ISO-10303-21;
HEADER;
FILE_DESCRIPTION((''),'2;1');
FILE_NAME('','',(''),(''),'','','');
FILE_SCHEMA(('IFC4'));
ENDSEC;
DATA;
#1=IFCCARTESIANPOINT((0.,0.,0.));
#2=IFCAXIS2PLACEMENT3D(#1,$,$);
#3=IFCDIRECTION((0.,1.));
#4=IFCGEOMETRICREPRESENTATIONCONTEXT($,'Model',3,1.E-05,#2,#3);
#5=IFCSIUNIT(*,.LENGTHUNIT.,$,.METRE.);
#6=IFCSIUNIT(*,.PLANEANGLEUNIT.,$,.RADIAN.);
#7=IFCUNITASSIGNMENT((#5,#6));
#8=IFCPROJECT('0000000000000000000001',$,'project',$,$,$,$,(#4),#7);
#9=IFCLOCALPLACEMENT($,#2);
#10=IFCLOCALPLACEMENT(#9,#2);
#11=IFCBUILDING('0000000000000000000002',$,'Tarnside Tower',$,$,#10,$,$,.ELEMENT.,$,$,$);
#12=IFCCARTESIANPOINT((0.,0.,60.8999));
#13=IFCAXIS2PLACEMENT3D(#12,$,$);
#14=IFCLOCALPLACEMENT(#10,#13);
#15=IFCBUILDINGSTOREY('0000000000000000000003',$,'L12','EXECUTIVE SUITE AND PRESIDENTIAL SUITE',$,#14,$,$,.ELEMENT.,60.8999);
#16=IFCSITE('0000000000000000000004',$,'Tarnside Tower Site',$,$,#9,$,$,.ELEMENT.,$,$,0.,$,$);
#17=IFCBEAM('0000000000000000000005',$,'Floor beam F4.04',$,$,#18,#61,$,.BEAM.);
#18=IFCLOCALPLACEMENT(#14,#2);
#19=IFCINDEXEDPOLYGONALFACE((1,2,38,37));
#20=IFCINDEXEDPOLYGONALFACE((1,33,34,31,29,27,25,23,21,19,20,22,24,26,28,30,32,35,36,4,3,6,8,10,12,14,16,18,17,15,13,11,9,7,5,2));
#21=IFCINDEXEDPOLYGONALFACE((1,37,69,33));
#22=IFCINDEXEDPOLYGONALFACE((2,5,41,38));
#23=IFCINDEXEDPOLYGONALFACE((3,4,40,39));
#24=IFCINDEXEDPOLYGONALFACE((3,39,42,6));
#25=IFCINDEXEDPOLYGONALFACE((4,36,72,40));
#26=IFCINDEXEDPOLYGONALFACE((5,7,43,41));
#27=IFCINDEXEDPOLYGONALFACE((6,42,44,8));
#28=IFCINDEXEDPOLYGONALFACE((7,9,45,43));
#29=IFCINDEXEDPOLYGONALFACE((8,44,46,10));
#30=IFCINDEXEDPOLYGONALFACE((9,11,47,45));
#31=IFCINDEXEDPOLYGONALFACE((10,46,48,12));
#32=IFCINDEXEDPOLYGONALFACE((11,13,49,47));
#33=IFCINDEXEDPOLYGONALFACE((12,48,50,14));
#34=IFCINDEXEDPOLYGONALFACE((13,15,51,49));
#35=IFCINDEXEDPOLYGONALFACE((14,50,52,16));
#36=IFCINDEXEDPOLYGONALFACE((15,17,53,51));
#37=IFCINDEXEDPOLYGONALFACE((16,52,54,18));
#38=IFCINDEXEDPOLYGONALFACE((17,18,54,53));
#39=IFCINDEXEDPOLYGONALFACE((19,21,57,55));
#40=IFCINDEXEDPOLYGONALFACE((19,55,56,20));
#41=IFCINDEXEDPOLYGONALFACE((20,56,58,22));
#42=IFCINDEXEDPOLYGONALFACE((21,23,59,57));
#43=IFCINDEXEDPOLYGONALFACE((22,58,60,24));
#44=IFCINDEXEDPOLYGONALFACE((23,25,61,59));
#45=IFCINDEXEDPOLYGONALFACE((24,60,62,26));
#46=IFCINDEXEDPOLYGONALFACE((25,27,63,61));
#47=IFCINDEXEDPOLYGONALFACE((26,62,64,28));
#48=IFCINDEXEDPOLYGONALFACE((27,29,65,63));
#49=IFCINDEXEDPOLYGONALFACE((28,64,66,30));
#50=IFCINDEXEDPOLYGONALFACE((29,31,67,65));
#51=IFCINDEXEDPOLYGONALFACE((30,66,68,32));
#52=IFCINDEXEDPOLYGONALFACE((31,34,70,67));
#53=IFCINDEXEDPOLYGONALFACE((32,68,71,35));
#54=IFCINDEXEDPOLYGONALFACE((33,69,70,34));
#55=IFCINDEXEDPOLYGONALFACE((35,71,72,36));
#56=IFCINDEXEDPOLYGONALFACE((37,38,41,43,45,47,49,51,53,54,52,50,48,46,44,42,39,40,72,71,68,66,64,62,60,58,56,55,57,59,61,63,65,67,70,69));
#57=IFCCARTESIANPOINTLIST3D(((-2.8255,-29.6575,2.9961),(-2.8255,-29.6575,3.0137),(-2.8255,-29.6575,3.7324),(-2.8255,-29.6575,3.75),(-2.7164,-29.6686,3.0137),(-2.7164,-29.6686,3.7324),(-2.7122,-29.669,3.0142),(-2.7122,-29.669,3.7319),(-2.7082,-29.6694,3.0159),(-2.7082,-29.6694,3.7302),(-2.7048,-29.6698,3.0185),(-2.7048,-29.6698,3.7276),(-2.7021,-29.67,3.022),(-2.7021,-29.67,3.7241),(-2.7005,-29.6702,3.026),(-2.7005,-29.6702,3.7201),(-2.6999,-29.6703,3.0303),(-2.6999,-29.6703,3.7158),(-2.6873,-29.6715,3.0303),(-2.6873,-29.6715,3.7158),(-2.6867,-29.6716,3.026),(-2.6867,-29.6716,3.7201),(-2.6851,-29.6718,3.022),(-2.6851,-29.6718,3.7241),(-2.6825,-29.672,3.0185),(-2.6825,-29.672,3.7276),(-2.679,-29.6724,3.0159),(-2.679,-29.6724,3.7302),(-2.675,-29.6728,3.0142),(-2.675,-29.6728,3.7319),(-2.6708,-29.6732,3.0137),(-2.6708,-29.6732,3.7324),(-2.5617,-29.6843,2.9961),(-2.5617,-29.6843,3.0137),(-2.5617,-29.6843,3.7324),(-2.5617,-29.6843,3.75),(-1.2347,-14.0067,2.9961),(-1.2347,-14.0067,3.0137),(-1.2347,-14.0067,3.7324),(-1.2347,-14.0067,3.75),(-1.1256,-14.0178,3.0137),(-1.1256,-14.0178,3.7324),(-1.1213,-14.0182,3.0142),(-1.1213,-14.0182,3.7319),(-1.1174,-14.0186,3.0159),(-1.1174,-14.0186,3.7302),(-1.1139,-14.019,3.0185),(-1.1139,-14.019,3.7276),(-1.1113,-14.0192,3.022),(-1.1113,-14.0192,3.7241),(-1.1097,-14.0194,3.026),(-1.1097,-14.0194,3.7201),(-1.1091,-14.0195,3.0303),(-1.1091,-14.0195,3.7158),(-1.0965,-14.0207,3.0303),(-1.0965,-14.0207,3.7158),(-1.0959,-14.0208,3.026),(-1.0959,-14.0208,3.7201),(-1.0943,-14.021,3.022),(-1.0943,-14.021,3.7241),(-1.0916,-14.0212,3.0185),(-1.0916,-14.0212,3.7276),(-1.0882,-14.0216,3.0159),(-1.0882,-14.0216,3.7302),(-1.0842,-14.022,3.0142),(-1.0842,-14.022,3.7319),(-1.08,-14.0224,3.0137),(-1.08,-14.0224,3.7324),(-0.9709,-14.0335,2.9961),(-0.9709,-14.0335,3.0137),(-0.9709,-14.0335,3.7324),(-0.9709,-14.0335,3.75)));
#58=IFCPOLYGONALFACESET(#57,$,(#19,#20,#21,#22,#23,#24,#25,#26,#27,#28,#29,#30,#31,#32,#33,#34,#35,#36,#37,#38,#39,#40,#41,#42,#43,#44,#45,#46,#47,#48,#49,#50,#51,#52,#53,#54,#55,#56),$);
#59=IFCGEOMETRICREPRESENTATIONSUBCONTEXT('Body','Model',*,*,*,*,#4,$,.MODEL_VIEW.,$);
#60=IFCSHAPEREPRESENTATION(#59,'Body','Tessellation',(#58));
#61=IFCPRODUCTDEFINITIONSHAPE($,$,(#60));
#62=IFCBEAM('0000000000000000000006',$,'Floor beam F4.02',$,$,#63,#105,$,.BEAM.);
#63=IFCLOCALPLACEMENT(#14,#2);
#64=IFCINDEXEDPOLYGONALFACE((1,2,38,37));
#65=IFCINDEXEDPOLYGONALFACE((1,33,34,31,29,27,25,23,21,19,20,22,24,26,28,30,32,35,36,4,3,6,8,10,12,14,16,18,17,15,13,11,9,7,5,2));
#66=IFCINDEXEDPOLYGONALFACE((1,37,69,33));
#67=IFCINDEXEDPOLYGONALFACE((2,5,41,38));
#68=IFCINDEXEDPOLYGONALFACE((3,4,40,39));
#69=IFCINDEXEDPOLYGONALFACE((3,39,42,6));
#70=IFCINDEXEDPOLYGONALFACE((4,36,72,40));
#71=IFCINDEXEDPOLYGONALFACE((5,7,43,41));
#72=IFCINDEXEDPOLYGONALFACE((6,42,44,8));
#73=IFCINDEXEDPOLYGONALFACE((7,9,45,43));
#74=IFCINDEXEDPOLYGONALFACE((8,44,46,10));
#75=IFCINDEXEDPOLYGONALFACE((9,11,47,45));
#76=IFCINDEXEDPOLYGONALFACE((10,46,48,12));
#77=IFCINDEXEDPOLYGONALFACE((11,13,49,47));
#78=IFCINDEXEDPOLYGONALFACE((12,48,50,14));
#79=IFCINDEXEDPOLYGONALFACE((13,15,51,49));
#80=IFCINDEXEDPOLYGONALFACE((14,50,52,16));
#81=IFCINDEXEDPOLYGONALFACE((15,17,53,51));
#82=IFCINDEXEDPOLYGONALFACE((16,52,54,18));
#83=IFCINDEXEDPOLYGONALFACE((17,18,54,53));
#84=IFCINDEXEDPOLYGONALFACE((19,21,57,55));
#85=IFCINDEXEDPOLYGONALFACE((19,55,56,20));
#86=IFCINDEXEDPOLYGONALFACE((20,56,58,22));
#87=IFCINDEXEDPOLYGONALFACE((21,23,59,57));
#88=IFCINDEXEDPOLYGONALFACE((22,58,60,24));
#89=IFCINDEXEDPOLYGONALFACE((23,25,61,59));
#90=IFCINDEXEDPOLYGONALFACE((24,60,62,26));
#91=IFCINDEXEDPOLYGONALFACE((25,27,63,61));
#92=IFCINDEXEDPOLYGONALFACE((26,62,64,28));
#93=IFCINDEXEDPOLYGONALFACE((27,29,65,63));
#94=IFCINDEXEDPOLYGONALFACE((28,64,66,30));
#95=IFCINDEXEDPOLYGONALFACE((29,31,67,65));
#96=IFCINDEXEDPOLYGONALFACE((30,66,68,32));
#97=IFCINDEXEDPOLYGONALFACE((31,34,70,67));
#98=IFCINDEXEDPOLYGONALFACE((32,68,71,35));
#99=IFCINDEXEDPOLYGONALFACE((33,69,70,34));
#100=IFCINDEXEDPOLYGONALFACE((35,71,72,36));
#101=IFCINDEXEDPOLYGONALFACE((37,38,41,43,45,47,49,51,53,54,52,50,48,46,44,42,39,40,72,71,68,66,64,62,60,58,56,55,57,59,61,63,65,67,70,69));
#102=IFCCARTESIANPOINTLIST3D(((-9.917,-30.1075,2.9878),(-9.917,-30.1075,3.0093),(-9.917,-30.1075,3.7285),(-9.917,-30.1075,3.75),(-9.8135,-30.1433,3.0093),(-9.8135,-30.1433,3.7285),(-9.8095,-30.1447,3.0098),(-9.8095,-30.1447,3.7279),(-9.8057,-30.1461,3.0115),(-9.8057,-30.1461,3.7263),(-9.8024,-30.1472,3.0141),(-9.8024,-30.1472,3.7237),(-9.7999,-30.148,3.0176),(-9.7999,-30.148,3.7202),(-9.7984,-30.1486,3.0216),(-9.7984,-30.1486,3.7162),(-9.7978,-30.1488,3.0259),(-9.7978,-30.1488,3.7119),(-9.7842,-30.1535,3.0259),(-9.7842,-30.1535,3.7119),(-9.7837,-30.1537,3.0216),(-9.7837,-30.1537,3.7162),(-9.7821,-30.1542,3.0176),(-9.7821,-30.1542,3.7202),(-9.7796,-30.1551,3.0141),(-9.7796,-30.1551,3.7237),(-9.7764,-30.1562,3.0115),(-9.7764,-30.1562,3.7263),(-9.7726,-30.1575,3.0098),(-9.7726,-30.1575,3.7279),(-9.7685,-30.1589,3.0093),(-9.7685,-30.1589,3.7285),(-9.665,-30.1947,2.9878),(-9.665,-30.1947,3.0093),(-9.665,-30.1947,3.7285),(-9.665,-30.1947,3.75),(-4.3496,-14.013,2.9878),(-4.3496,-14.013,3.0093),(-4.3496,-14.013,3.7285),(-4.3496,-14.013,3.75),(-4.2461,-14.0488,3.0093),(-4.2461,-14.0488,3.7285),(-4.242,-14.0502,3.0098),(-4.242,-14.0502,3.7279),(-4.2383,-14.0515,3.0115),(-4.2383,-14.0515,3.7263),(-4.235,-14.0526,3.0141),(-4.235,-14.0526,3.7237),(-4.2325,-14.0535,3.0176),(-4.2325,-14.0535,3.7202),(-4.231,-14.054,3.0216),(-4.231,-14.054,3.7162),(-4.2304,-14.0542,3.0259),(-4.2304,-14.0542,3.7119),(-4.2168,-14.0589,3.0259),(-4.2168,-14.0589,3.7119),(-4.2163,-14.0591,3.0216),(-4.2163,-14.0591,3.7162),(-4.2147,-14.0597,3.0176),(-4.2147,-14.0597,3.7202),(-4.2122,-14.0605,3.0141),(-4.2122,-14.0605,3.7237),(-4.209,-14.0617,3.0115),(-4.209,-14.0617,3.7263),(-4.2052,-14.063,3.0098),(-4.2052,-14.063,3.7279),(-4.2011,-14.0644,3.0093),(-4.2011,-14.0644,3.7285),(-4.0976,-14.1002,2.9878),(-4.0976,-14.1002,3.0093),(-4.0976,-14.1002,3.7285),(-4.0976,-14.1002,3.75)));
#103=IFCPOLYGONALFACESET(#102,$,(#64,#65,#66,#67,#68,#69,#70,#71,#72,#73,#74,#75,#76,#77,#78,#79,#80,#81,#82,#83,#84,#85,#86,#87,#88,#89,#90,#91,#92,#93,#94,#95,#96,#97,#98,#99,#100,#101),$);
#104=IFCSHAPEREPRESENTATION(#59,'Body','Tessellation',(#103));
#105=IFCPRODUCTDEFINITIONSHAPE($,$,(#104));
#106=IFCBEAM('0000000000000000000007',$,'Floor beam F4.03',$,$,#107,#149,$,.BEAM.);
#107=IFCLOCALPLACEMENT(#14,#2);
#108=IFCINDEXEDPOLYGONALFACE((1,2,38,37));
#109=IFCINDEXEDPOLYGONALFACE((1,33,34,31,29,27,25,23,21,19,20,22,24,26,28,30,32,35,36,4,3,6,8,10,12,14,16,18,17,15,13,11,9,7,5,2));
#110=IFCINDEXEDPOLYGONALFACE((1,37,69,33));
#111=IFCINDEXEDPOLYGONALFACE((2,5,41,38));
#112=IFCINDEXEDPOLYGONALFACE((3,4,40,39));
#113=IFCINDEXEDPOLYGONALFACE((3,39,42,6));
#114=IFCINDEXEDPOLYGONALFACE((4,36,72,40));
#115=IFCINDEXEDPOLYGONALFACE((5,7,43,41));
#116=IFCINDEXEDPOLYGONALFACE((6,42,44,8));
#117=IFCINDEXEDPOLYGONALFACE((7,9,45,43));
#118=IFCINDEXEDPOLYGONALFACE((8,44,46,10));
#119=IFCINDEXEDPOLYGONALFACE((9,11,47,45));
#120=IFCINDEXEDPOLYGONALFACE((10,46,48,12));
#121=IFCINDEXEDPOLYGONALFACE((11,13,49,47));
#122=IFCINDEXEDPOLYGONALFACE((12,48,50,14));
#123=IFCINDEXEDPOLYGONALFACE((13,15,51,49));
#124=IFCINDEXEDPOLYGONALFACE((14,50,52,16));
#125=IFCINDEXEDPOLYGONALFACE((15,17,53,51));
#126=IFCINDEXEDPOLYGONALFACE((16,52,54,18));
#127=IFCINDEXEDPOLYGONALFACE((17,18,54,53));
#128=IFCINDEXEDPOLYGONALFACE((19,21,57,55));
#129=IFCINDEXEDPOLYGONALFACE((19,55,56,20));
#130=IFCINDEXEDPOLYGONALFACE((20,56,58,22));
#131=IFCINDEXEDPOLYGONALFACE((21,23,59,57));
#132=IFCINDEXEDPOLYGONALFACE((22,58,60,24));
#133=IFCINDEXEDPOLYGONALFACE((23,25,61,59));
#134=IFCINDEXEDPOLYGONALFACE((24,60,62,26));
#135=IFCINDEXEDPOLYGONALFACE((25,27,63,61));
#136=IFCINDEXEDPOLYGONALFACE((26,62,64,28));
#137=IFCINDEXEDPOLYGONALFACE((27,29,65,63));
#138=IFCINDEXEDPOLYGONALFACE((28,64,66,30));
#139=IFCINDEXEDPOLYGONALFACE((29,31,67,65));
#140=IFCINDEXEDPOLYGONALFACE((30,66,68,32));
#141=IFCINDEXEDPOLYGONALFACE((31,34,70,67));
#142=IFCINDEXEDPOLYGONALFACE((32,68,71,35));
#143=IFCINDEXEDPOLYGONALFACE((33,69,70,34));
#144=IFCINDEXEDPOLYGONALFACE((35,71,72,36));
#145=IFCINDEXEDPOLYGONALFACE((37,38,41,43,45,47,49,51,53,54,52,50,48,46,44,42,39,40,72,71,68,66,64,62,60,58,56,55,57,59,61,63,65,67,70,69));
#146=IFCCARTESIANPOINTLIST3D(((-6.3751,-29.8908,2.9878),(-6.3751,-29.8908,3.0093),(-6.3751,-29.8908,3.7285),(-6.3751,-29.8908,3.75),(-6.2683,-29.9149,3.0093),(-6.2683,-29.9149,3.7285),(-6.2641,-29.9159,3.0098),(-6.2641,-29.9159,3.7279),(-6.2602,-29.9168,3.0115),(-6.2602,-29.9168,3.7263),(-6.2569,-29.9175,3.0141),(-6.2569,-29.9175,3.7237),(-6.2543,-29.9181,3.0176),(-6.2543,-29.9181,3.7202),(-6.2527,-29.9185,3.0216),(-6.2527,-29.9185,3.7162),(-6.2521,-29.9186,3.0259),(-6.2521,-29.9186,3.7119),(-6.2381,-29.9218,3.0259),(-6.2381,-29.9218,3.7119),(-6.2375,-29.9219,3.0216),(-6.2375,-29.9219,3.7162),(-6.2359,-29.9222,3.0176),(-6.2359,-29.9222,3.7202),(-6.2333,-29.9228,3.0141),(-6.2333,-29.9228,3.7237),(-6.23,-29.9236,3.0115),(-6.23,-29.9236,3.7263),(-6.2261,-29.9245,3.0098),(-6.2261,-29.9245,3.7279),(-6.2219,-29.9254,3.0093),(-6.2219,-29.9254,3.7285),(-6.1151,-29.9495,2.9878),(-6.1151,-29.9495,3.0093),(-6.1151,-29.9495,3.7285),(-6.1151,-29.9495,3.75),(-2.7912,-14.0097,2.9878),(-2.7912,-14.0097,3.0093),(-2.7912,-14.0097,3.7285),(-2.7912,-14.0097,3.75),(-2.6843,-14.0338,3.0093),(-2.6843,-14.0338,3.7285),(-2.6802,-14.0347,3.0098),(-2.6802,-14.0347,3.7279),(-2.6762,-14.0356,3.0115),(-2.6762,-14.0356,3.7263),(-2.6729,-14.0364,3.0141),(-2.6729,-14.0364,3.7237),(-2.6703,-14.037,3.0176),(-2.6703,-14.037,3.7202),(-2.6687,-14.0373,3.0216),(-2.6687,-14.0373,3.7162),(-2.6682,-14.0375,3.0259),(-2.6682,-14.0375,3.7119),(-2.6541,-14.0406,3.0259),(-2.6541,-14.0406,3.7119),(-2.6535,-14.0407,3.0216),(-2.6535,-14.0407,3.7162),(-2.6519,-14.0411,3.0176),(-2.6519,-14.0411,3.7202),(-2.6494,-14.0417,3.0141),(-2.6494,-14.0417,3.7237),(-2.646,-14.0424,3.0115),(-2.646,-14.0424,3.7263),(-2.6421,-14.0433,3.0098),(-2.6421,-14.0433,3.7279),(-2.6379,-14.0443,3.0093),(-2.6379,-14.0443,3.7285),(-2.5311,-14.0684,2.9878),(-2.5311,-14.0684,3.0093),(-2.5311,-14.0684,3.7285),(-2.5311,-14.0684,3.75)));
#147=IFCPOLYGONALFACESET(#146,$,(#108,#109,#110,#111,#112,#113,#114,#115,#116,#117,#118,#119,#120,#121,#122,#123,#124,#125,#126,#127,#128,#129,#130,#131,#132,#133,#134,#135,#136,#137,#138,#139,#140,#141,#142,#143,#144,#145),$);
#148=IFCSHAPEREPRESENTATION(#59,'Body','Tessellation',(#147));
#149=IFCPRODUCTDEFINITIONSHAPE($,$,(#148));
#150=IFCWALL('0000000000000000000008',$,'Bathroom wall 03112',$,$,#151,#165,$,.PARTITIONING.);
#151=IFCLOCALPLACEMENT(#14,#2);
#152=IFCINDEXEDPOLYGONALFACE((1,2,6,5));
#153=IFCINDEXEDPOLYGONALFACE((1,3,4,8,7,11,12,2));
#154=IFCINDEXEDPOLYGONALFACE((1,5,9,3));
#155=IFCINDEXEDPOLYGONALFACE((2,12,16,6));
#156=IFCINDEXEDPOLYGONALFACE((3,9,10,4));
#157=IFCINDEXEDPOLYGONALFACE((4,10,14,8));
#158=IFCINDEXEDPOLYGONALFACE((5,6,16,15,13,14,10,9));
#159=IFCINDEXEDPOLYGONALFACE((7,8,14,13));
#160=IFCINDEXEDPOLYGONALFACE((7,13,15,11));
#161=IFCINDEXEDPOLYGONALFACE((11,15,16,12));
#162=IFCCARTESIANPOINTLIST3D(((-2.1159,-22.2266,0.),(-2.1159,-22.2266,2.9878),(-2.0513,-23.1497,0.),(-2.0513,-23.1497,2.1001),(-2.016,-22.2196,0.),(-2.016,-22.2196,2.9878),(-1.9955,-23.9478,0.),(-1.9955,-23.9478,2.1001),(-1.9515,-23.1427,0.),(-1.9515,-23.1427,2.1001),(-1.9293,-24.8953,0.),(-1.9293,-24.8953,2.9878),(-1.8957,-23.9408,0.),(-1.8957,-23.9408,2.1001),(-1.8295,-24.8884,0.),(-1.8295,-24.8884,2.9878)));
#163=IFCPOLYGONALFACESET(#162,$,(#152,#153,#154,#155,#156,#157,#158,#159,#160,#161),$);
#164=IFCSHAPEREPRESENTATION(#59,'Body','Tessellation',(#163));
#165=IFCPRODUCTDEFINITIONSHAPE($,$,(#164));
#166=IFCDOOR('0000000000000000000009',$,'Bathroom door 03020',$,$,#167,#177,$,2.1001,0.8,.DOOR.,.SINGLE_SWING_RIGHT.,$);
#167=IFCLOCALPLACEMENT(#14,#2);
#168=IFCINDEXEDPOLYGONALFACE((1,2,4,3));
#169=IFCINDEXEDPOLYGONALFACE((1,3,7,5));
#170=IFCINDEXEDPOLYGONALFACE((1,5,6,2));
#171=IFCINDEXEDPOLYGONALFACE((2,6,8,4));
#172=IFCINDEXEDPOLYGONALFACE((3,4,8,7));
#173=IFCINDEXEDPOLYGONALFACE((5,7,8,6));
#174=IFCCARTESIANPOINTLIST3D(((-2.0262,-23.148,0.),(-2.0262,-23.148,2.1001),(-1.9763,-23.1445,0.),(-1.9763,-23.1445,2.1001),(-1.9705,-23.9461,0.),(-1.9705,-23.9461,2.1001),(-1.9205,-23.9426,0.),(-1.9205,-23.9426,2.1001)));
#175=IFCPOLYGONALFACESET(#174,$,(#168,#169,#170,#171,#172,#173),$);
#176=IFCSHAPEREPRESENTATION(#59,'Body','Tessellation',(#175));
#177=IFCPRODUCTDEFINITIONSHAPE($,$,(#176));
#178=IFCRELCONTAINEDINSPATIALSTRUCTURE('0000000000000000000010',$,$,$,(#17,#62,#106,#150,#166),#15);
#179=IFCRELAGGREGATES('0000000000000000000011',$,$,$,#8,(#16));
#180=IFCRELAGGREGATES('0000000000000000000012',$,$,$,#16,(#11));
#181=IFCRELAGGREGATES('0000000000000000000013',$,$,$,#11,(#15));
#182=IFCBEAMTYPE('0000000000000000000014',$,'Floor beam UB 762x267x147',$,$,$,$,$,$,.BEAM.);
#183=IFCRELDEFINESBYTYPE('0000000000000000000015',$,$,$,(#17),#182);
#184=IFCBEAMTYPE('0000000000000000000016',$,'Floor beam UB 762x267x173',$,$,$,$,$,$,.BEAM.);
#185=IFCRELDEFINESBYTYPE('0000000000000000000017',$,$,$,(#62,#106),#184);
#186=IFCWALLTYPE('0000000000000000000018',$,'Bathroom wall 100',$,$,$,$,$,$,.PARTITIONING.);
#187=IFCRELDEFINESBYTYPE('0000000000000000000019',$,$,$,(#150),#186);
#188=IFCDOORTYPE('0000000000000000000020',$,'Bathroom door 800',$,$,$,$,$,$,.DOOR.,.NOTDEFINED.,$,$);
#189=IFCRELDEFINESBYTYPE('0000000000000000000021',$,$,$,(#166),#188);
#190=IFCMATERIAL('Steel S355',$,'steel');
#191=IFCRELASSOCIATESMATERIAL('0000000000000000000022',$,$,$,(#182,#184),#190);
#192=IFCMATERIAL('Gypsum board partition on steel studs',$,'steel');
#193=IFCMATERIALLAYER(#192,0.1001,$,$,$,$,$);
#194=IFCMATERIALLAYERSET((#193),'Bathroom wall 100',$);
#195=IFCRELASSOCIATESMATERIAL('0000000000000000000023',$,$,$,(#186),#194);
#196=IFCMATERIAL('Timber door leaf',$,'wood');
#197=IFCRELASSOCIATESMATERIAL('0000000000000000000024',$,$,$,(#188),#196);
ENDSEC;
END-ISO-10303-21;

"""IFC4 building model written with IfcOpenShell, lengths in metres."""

from ifc_helpers import new_model, si_unit, direction, frame, frame_2d, origin, origin_2d, place, context, subcontext, project, spatial, rectangle, i_section, extrude, material, layer, layer_set, material_profile, profile_set, type_object, element, fill, save


model = new_model("IFC4")

# Units and contexts
model_context = context("Model", 3, precision=1e-05, world=origin(), true_north=direction((0.0, 1.0)))
body_context = subcontext(model_context, "Body", "Model", "MODEL_VIEW")
ifc_project = project(units=[si_unit("LENGTHUNIT", "METRE"), si_unit("PLANEANGLEUNIT", "RADIAN")], contexts=[model_context])

# Site, building, storey
site_placement = place(None, origin())
site = spatial("IfcSite", under=ifc_project, at=site_placement, Name="Tarnside Tower Site", CompositionType="ELEMENT", RefElevation=0.0)
building_placement = place(site_placement, origin())
building = spatial("IfcBuilding", under=site, at=building_placement, Name="Tarnside Tower", CompositionType="ELEMENT")
storey_placement = place(building_placement, frame((0.0, 0.0, 60.8999)))
storey = spatial("IfcBuildingStorey", under=building, at=storey_placement, Name="L12", Description="EXECUTIVE SUITE AND PRESIDENTIAL SUITE", CompositionType="ELEMENT", Elevation=60.8999)

# Beams
ifc_material_1 = material(Name="Steel S355", Category="steel")
ifc_material_profile_1 = material_profile(ifc_material_1, i_section(OverallWidth=0.2651, OverallDepth=0.7539, WebThickness=0.0127, FlangeThickness=0.0176, FilletRadius=0.0166, at=origin_2d()), Name="UB 762x267x147")
ifc_profile_set_1 = profile_set([ifc_material_profile_1], Name="Steel S355")
beam_type_1 = type_object("IfcBeamType", Name="Floor beam UB 762x267x147", PredefinedType="BEAM", material=ifc_profile_set_1)
beam_1_placement = place(storey_placement, frame((-2.6936, -29.6709, 3.373), z_axis=(0.101123, 0.994874, 0.0), x_axis=(-0.994874, 0.101123, 0.0)))
element("IfcBeam", 1, at=beam_1_placement, inside=storey, type_object=beam_type_1, Name="Floor beam F4.04", PredefinedType="BEAM", context=body_context, shape_type="SweptSolid", body=[
    extrude(i_section(OverallWidth=0.2651, OverallDepth=0.7539, WebThickness=0.0127, FlangeThickness=0.0176, FilletRadius=0.0166, at=origin_2d()), origin(), (0.0, 0.0, 1.0), 15.7314),
])
ifc_material_profile_2 = material_profile(ifc_material_1, i_section(OverallWidth=0.2666, OverallDepth=0.7622, WebThickness=0.0144, FlangeThickness=0.0215, FilletRadius=0.0166, at=origin_2d()), Name="UB 762x267x173")
ifc_profile_set_2 = profile_set([ifc_material_profile_2], Name="Steel S355")
beam_type_2 = type_object("IfcBeamType", Name="Floor beam UB 762x267x173", PredefinedType="BEAM", material=ifc_profile_set_2)
beam_2_placement = place(storey_placement, frame((-9.791, -30.1511, 3.3689), z_axis=(0.326912, 0.945055, 0.0), x_axis=(-0.945055, 0.326912, 0.0)))
element("IfcBeam", 2, at=beam_2_placement, inside=storey, type_object=beam_type_2, Name="Floor beam F4.02", PredefinedType="BEAM", context=body_context, shape_type="SweptSolid", body=[
    extrude(i_section(OverallWidth=0.2666, OverallDepth=0.7622, WebThickness=0.0144, FlangeThickness=0.0215, FilletRadius=0.0166, at=origin_2d()), origin(), (0.0, 0.0, 1.0), 17.0303),
])
beam_3_placement = place(storey_placement, frame((-6.2451, -29.9202, 3.3689), z_axis=(0.22014, 0.975468, 0.0), x_axis=(-0.975468, 0.22014, 0.0)))
element("IfcBeam", 3, at=beam_3_placement, inside=storey, type_object=beam_type_2, Name="Floor beam F4.03", PredefinedType="BEAM", context=body_context, shape_type="SweptSolid", body=[
    extrude(i_section(OverallWidth=0.2666, OverallDepth=0.7622, WebThickness=0.0144, FlangeThickness=0.0215, FilletRadius=0.0166, at=origin_2d()), origin(), (0.0, 0.0, 1.0), 16.2805),
])

# Wall, opening, door
ifc_material_2 = material(Name="Gypsum board partition on steel studs", Category="steel")
ifc_layer_1 = layer(ifc_material_2, 0.1001)
ifc_layer_set_1 = layer_set([ifc_layer_1], Name="Bathroom wall 100")
wall_type_1 = type_object("IfcWallType", Name="Bathroom wall 100", PredefinedType="PARTITIONING", material=ifc_layer_set_1)
wall_1_placement = place(storey_placement, frame((-1.8794, -24.8918, 0.0), z_axis=(0.0, 0.0, 1.0), x_axis=(-0.069723, 0.997566, 0.0)))
wall_1 = element("IfcWall", 4, at=wall_1_placement, inside=storey, type_object=wall_type_1, Name="Bathroom wall 03112", PredefinedType="PARTITIONING", context=body_context, shape_type="SweptSolid", body=[
    extrude(rectangle(XDim=2.6753, YDim=0.1001, at=frame_2d((1.3376, 0.0))), origin(), (0.0, 0.0, 1.0), 2.9878),
])
opening_placement = place(wall_1_placement, frame((0.95, 0.0, 0.0)))
opening = element("IfcOpeningElement", 5, at=opening_placement, cuts=wall_1, PredefinedType="OPENING", context=body_context, shape_type="SweptSolid", body=[
    extrude(rectangle(XDim=0.8, YDim=2.1001, at=frame_2d((0.3999, 1.05))), frame((0.0, 0.0601, 0.0), z_axis=(0.0, -1.0, 0.0), x_axis=(1.0, 0.0, 0.0)), (0.0, 0.0, 1.0), 0.1201),
])
ifc_material_3 = material(Name="Timber door leaf", Category="wood")
door_type = type_object("IfcDoorType", Name="Bathroom door 800", OperationType="NOTDEFINED", PredefinedType="DOOR", material=ifc_material_3)
door_placement = place(opening_placement, origin())
door = element("IfcDoor", 6, at=door_placement, inside=storey, type_object=door_type, Name="Bathroom door 03020", OperationType="SINGLE_SWING_RIGHT", OverallHeight=2.1001, OverallWidth=0.8, PredefinedType="DOOR", context=body_context, shape_type="SweptSolid", body=[
    extrude(rectangle(XDim=0.8, YDim=2.1001, at=frame_2d((0.3999, 1.05))), frame((0.0, 0.0249, 0.0), z_axis=(0.0, -1.0, 0.0), x_axis=(1.0, 0.0, 0.0)), (0.0, 0.0, 1.0), 0.05),
])
fill(opening, door)

save(model, "model.ifc")
